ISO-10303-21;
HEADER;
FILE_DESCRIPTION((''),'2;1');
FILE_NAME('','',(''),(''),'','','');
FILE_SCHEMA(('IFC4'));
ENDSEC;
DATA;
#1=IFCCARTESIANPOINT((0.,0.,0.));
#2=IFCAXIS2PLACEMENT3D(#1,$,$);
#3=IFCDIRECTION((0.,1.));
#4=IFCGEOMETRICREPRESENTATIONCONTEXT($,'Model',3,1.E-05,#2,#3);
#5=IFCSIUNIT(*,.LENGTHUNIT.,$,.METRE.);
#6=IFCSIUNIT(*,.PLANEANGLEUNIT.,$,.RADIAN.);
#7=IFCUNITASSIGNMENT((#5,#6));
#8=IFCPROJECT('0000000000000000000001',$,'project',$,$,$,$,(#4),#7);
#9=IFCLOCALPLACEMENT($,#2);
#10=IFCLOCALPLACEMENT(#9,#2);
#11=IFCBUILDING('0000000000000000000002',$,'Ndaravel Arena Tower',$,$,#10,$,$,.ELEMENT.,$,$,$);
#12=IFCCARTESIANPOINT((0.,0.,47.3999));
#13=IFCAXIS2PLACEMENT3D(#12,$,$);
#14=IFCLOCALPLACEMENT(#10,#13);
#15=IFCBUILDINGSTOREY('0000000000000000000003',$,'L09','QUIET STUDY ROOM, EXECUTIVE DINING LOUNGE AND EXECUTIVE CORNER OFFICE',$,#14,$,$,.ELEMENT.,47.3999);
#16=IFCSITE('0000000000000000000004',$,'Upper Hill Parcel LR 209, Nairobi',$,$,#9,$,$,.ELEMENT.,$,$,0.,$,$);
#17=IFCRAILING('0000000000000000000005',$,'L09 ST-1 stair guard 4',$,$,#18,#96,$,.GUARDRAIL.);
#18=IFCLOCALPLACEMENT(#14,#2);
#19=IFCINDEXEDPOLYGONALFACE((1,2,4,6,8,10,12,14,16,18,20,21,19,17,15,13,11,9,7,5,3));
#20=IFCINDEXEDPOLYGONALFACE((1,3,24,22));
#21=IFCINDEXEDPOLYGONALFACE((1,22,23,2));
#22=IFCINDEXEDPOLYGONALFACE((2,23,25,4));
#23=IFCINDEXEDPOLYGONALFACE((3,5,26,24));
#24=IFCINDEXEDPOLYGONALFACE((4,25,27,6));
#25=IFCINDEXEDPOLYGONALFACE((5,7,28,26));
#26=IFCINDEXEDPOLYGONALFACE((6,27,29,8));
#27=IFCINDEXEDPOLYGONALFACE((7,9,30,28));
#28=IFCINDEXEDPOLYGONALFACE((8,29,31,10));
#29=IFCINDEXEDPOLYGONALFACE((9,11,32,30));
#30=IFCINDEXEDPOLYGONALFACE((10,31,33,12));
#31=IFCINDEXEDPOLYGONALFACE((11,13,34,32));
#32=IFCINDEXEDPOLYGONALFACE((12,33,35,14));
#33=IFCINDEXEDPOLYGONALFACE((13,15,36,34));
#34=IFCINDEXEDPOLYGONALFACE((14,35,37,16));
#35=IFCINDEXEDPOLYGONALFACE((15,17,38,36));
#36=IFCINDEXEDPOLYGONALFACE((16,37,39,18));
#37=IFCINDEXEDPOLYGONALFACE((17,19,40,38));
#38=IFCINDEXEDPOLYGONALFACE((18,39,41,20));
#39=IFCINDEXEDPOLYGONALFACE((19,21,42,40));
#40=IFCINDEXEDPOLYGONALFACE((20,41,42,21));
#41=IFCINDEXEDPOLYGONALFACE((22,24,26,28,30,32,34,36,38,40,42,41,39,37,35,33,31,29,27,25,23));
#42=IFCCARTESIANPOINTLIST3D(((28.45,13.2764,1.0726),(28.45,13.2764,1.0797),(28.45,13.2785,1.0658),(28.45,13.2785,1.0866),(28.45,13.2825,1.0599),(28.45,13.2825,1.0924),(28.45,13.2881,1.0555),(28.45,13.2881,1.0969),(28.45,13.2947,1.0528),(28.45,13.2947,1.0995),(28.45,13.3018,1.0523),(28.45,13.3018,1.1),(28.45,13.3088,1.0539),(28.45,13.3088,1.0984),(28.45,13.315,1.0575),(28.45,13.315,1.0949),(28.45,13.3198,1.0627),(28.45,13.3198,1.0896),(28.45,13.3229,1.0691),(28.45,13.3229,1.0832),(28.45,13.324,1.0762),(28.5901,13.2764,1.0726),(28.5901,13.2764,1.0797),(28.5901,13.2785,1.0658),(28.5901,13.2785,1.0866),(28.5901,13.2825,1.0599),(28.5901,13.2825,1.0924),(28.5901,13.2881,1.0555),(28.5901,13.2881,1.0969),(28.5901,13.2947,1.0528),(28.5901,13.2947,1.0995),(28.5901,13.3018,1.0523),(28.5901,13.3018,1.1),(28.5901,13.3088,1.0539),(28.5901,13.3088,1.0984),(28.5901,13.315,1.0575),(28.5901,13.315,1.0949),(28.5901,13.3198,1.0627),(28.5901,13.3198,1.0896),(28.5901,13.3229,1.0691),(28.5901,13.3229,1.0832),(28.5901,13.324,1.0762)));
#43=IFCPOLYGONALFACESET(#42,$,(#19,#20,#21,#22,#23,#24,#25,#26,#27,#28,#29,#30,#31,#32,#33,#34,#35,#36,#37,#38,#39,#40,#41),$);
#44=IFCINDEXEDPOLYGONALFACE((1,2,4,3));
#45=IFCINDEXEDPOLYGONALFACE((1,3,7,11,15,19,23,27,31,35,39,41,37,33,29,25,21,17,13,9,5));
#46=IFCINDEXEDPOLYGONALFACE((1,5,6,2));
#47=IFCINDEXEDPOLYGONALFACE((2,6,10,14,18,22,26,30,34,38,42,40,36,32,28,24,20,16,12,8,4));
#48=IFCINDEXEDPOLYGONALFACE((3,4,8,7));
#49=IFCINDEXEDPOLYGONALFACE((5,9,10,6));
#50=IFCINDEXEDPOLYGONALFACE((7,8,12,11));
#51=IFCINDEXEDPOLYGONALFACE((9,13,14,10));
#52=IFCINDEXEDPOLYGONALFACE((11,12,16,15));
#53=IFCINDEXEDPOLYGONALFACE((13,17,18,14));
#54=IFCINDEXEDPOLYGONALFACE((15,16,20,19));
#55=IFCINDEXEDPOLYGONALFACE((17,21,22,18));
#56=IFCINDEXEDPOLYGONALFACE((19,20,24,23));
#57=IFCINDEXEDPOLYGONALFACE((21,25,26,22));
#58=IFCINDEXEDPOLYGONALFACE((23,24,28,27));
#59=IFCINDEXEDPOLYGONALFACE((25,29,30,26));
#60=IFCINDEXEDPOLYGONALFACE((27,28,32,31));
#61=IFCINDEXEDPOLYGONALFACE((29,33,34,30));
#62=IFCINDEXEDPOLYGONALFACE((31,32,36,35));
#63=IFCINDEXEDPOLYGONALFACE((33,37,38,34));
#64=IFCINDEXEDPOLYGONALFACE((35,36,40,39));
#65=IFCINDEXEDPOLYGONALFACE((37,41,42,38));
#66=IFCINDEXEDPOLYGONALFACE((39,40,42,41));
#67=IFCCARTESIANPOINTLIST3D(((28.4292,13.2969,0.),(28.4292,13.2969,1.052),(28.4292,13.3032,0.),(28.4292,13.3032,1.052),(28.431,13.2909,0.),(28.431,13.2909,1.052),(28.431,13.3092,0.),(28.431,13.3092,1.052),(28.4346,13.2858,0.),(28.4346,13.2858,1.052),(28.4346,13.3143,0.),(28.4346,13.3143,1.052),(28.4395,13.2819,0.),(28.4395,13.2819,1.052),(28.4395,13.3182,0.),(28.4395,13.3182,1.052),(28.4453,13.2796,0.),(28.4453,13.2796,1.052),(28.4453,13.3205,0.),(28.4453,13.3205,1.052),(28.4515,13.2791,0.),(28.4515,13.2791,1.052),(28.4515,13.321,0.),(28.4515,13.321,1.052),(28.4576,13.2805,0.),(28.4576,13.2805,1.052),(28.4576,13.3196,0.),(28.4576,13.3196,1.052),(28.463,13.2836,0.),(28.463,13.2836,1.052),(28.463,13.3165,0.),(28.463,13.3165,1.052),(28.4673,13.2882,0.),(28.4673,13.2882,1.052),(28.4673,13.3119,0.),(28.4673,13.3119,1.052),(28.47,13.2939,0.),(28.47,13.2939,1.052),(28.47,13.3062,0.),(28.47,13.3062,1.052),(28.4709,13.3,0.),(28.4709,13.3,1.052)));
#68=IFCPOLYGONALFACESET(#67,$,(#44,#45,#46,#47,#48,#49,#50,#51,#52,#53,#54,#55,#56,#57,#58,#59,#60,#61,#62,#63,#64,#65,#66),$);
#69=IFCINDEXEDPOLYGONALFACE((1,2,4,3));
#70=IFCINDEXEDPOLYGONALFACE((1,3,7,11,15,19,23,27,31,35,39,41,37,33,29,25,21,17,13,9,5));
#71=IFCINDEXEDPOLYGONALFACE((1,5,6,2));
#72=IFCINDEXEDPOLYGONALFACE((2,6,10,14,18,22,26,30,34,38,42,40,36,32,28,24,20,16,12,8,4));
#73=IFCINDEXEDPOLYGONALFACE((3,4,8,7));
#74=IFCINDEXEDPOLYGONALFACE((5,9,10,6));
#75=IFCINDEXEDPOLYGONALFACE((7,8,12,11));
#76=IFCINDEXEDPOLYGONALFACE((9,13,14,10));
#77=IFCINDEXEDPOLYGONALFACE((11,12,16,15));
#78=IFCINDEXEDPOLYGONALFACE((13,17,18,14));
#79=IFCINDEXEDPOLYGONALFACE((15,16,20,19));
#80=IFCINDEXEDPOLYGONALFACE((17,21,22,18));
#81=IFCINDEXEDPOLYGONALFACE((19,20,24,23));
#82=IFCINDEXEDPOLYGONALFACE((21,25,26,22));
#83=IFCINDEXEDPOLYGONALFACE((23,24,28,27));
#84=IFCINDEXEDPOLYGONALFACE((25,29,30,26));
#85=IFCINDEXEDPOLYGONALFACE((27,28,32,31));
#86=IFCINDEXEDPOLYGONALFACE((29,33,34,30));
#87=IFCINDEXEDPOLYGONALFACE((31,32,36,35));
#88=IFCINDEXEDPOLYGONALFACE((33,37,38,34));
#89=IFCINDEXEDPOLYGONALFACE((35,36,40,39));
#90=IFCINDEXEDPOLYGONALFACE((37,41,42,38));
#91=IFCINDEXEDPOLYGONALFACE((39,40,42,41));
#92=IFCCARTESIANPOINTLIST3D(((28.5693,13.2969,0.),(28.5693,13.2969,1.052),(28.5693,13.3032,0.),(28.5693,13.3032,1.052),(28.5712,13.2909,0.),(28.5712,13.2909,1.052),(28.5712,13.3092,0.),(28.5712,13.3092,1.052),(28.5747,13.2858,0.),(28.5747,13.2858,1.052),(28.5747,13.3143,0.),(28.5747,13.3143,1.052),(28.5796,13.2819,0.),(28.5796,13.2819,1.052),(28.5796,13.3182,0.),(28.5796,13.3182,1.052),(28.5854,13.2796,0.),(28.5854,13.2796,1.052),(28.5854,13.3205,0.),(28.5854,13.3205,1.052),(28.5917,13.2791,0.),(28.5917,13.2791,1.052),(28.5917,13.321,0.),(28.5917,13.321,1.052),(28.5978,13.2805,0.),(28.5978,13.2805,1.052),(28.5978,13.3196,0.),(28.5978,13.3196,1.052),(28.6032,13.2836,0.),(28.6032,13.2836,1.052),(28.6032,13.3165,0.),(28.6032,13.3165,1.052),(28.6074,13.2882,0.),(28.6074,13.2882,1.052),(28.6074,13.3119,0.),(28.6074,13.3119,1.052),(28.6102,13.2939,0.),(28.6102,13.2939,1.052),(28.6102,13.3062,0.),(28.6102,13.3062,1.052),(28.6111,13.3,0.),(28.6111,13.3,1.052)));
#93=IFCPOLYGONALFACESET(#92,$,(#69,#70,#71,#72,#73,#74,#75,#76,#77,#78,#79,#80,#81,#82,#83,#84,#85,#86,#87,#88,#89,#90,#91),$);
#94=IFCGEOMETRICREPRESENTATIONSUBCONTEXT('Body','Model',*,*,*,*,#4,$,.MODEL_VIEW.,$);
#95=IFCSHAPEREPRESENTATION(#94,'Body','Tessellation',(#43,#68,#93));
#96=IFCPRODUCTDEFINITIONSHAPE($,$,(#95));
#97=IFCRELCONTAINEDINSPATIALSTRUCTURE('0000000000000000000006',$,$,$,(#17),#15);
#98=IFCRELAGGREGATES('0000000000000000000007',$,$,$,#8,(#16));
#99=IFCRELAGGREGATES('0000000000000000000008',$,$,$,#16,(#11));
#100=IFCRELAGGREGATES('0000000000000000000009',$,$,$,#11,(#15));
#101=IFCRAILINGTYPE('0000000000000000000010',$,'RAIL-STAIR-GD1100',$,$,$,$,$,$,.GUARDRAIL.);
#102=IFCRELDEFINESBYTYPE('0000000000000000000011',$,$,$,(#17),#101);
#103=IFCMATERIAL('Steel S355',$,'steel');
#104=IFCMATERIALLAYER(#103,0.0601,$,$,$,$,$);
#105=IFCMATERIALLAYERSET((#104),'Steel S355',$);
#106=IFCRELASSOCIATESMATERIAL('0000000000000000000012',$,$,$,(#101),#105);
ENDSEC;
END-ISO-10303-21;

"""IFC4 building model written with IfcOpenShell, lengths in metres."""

from ifc_helpers import new_model, si_unit, direction, frame, origin, origin_2d, place, context, subcontext, project, spatial, circle, extrude, material, layer, layer_set, type_object, element, save


model = new_model("IFC4")

# Units and contexts
model_context = context("Model", 3, precision=1e-05, world=origin(), true_north=direction((0.0, 1.0)))
body_context = subcontext(model_context, "Body", "Model", "MODEL_VIEW")
ifc_project = project(units=[si_unit("LENGTHUNIT", "METRE"), si_unit("PLANEANGLEUNIT", "RADIAN")], contexts=[model_context])

# Site, building, storey
site_placement = place(None, origin())
site = spatial("IfcSite", under=ifc_project, at=site_placement, Name="Upper Hill Parcel LR 209, Nairobi", CompositionType="ELEMENT", RefElevation=0.0)
building_placement = place(site_placement, origin())
building = spatial("IfcBuilding", under=site, at=building_placement, Name="Ndaravel Arena Tower", CompositionType="ELEMENT")
storey_placement = place(building_placement, frame((0.0, 0.0, 47.3999)))
storey = spatial("IfcBuildingStorey", under=building, at=storey_placement, Name="L09", Description="QUIET STUDY ROOM, EXECUTIVE DINING LOUNGE AND EXECUTIVE CORNER OFFICE", CompositionType="ELEMENT", Elevation=47.3999)

# Railing
ifc_material_1 = material(Name="Steel S355", Category="steel")
ifc_layer_1 = layer(ifc_material_1, 0.0601)
ifc_layer_set_1 = layer_set([ifc_layer_1], Name="Steel S355")
railing_type_1 = type_object("IfcRailingType", Name="RAIL-STAIR-GD1100", PredefinedType="GUARDRAIL", material=ifc_layer_set_1)
railing_1_placement = place(storey_placement, frame((28.45, 13.3, 0.0)))
element("IfcRailing", 1, at=railing_1_placement, inside=storey, type_object=railing_type_1, Name="L09 ST-1 stair guard 4", PredefinedType="GUARDRAIL", context=body_context, shape_type="SweptSolid", body=[
    extrude(circle(Radius=0.0239, at=origin_2d()), frame((0.0, 0.0, 1.0762), z_axis=(1.0, 0.0, 0.0), x_axis=(0.0, 1.0, 0.0)), (0.0, 0.0, 1.0), 0.1401),
    extrude(circle(Radius=0.021, at=origin_2d()), origin(), (0.0, 0.0, 1.0), 1.052),
    extrude(circle(Radius=0.021, at=origin_2d()), frame((0.1401, 0.0, 0.0)), (0.0, 0.0, 1.0), 1.052),
])

save(model, "model.ifc")
